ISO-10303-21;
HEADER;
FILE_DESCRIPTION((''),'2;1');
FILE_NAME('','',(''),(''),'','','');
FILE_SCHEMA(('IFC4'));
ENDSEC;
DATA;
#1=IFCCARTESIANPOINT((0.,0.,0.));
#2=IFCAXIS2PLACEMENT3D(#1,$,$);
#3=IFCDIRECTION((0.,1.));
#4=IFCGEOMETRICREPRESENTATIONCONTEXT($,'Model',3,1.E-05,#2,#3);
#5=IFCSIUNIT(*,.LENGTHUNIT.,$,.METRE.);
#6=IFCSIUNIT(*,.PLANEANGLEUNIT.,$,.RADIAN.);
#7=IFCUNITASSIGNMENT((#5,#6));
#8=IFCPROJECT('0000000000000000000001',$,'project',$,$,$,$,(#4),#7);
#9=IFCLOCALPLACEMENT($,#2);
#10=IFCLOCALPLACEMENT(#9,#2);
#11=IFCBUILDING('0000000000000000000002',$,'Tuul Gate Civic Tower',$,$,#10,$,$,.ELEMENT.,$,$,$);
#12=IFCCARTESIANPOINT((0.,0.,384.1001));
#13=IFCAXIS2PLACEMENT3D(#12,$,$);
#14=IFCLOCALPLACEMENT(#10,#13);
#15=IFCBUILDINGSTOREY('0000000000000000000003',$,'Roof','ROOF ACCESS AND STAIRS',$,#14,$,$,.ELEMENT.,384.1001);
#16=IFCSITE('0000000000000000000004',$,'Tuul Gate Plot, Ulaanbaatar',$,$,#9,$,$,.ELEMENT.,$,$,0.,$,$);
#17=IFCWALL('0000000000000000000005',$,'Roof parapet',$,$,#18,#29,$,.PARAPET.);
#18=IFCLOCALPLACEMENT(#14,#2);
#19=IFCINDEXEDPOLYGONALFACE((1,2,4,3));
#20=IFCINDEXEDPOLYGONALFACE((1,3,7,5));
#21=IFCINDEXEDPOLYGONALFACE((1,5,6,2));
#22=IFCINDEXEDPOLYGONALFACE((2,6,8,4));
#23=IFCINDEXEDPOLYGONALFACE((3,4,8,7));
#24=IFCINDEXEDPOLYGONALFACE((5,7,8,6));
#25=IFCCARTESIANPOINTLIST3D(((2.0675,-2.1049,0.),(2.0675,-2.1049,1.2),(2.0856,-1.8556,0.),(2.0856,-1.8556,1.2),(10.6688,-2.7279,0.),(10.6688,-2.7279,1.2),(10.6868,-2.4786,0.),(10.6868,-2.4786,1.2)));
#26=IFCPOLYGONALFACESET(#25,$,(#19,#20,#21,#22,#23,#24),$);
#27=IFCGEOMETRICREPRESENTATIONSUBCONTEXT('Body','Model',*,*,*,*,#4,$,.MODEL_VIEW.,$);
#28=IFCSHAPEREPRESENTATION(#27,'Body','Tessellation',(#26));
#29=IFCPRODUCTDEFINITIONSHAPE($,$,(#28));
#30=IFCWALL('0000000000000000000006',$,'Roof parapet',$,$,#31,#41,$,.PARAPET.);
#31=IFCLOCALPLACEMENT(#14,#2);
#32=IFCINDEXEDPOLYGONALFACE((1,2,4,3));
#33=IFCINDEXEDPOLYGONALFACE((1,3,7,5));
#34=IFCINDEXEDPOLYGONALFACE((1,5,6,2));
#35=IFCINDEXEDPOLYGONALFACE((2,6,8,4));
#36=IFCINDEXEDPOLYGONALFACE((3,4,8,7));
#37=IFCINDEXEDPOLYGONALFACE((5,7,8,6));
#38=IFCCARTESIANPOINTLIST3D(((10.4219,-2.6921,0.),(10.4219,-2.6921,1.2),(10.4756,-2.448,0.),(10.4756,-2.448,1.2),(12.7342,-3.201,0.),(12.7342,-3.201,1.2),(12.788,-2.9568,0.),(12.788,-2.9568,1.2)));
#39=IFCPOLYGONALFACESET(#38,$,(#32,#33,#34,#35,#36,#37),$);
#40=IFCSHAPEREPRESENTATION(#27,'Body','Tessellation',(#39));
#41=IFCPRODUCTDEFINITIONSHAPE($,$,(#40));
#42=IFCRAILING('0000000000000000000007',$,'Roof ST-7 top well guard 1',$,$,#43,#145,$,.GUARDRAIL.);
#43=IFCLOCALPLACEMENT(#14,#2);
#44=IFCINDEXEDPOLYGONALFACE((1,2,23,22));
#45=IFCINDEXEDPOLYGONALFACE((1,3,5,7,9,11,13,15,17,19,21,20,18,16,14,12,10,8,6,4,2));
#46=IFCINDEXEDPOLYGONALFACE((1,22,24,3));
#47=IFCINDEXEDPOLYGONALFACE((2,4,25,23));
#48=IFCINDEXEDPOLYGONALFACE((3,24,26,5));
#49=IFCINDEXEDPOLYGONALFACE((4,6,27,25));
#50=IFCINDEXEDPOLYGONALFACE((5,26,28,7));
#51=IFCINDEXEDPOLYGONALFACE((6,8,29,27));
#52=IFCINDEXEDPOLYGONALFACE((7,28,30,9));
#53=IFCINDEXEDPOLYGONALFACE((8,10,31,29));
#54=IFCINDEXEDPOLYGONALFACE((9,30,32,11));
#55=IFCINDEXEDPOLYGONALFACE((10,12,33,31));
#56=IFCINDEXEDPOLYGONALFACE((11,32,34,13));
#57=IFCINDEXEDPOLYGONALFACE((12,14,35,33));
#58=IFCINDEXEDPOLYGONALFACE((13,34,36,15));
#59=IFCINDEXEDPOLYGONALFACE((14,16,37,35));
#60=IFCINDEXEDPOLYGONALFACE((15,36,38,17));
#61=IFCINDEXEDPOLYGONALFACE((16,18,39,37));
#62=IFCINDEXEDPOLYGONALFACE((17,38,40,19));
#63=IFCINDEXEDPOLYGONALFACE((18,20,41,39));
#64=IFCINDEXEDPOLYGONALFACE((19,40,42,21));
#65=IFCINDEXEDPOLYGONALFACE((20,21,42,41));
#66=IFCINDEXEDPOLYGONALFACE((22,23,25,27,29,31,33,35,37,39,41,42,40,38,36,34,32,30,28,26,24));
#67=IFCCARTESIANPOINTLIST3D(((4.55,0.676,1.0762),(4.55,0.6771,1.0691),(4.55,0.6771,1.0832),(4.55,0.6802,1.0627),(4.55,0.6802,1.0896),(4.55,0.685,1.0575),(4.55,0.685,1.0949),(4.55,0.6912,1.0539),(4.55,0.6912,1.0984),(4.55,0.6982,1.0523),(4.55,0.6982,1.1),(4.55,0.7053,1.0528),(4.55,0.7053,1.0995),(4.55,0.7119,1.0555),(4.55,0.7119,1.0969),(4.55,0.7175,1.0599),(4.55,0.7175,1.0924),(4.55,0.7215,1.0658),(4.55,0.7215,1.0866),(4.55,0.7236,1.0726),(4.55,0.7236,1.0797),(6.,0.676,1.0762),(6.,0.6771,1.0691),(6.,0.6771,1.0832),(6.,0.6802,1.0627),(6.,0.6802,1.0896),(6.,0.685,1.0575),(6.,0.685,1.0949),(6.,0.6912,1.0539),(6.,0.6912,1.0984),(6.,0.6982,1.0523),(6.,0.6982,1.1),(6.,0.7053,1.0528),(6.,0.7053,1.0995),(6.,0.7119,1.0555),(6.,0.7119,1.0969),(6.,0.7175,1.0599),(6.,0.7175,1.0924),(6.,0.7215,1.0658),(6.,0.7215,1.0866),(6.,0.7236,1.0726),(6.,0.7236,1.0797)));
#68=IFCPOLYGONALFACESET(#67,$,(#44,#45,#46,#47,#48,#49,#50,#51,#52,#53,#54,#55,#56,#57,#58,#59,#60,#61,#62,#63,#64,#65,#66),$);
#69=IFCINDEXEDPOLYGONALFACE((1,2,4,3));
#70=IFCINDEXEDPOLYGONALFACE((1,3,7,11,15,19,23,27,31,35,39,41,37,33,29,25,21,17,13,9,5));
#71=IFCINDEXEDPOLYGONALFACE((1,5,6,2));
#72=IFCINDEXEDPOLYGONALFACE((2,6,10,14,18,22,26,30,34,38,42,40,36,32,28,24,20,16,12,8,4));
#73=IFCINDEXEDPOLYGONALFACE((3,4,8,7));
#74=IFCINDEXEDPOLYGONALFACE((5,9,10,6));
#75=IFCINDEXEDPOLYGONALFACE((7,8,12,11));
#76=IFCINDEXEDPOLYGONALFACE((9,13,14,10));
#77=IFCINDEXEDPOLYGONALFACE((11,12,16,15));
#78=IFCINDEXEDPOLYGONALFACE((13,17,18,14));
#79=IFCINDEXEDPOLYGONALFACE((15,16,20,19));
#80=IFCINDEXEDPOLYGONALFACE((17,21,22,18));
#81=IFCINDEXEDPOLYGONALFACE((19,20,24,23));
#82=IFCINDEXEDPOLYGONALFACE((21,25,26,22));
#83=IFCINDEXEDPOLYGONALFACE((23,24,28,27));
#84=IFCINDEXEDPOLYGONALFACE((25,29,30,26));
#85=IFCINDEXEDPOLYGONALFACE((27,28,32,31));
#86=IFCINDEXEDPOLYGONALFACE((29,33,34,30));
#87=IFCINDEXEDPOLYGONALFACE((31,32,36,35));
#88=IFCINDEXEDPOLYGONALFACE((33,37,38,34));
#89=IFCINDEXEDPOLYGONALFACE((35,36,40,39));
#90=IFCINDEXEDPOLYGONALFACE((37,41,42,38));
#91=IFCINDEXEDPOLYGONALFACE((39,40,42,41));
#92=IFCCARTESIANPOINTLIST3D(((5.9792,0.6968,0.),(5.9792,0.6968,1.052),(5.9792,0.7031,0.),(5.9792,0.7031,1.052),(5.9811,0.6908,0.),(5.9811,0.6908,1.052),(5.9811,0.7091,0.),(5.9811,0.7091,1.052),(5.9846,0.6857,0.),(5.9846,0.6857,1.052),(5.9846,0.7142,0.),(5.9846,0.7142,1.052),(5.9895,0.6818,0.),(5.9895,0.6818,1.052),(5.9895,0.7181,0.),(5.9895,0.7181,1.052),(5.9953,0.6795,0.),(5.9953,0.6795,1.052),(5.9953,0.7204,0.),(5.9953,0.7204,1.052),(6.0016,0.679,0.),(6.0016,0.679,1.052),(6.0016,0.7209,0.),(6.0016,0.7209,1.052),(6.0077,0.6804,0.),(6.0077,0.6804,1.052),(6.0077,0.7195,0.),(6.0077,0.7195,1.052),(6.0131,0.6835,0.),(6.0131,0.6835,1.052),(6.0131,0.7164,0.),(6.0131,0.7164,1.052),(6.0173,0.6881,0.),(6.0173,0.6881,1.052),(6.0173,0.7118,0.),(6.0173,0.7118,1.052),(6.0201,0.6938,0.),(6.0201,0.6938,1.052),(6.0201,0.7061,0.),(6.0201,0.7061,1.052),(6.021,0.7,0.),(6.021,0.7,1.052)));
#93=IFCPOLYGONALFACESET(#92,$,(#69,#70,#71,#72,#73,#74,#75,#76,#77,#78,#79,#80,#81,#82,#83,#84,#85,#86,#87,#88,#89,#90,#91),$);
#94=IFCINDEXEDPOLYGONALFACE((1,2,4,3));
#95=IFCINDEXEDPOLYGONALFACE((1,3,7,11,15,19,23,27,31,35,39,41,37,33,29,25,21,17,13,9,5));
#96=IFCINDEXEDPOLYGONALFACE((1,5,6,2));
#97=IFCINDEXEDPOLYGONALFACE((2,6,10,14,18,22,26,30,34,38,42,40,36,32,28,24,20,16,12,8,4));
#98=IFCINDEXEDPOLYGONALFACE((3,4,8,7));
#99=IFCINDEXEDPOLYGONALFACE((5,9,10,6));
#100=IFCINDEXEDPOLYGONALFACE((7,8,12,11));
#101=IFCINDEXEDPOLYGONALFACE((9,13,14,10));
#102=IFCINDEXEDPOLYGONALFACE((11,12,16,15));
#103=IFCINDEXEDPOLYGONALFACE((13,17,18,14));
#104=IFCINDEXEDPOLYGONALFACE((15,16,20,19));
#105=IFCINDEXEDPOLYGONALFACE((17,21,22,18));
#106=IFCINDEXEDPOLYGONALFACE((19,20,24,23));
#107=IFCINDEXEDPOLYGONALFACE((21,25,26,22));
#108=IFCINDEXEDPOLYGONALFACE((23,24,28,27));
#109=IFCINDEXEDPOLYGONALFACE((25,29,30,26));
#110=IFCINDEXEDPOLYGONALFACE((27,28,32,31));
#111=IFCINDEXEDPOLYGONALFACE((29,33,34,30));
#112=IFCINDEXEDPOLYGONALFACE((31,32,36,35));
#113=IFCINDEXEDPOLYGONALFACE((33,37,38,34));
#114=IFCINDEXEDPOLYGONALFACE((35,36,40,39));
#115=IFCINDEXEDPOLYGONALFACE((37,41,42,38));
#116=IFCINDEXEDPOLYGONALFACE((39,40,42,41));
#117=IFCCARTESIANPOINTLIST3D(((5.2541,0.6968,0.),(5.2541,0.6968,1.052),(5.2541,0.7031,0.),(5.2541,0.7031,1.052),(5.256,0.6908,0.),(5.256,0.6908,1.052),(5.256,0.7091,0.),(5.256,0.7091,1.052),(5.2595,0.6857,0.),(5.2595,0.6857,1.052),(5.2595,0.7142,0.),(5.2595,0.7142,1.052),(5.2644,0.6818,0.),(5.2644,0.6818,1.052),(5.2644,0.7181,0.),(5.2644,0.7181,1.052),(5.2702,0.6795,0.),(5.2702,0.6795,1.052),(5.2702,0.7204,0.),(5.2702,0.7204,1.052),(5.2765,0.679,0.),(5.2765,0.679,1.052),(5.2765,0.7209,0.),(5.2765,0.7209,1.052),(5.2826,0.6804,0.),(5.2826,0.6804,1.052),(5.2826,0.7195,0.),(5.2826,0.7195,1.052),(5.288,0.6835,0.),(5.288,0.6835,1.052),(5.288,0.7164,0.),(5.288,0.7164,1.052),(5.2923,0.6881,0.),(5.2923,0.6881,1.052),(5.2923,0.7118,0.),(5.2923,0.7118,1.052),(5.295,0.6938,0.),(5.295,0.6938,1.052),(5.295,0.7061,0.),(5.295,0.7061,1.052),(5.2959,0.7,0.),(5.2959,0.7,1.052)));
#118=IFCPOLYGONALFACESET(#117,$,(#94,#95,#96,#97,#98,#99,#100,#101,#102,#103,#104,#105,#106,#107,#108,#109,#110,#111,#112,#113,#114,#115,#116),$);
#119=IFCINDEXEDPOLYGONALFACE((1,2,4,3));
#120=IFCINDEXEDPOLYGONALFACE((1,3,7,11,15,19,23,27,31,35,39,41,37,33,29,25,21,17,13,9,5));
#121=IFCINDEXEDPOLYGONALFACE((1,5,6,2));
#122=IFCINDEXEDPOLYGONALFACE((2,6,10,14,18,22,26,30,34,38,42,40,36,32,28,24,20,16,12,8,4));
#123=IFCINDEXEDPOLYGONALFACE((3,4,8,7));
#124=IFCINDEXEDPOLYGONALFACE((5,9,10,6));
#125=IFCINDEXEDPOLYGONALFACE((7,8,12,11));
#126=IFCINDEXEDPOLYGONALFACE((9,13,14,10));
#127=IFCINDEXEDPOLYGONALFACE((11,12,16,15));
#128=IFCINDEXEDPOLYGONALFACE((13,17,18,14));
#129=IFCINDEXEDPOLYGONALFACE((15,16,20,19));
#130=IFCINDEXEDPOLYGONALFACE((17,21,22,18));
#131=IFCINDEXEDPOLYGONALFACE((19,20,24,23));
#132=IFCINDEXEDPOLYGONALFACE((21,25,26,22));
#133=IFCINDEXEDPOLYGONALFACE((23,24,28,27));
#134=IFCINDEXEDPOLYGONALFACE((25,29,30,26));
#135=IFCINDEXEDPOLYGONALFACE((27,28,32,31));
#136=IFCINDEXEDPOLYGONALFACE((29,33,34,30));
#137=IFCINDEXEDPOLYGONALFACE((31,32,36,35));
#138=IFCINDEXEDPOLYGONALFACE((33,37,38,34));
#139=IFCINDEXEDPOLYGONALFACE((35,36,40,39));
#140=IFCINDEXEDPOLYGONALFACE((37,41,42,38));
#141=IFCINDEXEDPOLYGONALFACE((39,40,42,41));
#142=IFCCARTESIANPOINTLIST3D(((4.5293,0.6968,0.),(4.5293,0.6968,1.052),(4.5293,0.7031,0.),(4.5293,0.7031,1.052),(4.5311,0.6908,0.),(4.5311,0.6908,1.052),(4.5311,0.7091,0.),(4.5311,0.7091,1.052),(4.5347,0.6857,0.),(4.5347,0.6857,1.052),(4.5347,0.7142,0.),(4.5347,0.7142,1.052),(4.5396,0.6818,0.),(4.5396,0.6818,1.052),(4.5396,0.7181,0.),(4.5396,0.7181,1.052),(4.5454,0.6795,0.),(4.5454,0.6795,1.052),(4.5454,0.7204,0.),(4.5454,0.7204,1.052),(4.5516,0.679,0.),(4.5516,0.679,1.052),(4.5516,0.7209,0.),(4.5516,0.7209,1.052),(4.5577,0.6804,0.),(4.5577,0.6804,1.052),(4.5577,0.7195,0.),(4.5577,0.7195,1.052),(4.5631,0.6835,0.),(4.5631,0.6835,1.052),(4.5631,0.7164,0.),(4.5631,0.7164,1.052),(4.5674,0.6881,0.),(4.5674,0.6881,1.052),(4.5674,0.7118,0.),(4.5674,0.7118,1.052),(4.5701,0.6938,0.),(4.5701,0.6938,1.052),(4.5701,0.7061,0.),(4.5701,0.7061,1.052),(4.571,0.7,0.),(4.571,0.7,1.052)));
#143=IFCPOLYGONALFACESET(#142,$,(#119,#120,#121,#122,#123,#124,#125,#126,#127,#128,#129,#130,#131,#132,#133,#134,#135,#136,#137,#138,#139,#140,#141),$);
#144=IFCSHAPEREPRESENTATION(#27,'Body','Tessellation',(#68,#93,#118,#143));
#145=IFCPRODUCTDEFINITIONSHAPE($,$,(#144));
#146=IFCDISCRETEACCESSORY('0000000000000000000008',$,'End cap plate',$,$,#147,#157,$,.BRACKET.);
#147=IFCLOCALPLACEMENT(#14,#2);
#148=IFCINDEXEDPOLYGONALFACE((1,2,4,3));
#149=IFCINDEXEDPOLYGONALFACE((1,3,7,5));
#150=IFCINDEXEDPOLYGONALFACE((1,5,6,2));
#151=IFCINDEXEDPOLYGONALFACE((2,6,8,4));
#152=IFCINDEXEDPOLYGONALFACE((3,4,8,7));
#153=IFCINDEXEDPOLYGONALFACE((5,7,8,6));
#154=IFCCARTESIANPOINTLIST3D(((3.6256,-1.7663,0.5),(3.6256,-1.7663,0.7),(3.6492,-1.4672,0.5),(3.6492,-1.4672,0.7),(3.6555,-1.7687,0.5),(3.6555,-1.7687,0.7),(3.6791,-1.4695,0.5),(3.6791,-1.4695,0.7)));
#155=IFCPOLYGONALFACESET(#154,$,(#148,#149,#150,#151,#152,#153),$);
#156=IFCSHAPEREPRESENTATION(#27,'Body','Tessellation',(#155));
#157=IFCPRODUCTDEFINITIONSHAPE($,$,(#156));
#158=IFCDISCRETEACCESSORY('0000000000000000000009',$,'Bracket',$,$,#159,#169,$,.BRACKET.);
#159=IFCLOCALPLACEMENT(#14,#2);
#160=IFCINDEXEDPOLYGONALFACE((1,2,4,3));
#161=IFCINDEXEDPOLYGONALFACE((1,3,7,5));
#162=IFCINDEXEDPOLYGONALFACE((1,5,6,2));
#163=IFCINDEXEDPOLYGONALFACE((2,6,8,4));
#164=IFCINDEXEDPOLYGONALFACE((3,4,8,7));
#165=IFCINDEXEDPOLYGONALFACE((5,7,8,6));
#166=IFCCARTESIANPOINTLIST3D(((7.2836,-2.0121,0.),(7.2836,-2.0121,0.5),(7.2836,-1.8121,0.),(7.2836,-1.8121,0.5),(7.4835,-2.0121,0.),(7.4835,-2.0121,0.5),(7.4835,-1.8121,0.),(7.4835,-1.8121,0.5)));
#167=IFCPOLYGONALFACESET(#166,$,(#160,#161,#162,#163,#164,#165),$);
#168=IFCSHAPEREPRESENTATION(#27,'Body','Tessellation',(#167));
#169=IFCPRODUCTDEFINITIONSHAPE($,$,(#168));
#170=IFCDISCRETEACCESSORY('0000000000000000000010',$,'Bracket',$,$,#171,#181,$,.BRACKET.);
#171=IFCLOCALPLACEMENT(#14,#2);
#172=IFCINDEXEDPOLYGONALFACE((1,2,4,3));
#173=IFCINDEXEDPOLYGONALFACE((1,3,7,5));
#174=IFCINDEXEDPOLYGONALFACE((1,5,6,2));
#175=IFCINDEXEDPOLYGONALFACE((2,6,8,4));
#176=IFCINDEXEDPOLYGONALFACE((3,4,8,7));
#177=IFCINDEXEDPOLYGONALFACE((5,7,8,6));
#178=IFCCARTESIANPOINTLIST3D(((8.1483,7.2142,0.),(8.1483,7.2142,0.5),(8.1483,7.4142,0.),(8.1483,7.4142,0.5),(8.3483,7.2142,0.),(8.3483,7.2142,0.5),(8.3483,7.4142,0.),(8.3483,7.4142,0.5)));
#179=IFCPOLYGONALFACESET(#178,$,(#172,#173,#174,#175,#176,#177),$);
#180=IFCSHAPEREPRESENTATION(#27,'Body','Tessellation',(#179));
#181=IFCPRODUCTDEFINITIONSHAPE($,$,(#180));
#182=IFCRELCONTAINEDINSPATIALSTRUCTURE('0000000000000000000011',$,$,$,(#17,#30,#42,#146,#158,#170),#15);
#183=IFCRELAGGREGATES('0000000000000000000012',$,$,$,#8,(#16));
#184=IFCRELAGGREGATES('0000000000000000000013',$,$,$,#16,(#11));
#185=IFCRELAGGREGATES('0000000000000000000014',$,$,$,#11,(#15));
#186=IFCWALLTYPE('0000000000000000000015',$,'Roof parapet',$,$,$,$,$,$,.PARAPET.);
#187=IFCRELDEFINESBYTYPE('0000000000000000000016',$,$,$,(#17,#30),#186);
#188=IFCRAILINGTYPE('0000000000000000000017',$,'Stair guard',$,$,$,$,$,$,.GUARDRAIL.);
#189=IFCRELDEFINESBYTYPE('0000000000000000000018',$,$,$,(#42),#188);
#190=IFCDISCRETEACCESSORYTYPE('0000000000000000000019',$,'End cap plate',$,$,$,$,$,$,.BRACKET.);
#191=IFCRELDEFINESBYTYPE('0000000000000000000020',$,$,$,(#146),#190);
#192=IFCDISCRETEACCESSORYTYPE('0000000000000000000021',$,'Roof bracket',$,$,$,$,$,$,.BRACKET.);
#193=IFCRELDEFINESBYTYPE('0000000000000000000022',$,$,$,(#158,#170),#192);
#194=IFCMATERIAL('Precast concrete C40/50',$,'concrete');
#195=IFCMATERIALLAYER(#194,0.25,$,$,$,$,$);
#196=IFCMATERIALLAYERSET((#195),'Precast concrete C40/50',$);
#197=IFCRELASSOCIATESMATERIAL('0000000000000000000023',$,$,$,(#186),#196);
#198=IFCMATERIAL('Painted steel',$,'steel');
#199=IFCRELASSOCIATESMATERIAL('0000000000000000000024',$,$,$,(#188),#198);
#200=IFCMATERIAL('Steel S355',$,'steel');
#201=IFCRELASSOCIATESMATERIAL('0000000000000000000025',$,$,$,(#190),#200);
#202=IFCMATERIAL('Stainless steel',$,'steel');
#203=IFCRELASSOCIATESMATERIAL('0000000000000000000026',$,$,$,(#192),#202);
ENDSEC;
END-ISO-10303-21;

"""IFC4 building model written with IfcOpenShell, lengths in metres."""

from ifc_helpers import new_model, si_unit, direction, frame, frame_2d, origin, origin_2d, place, context, subcontext, project, spatial, rectangle, circle, extrude, material, layer, layer_set, type_object, element, save


model = new_model("IFC4")

# Units and contexts
model_context = context("Model", 3, precision=1e-05, world=origin(), true_north=direction((0.0, 1.0)))
body_context = subcontext(model_context, "Body", "Model", "MODEL_VIEW")
ifc_project = project(units=[si_unit("LENGTHUNIT", "METRE"), si_unit("PLANEANGLEUNIT", "RADIAN")], contexts=[model_context])

# Site, building, storey
site_placement = place(None, origin())
site = spatial("IfcSite", under=ifc_project, at=site_placement, Name="Tuul Gate Plot, Ulaanbaatar", CompositionType="ELEMENT", RefElevation=0.0)
building_placement = place(site_placement, origin())
building = spatial("IfcBuilding", under=site, at=building_placement, Name="Tuul Gate Civic Tower", CompositionType="ELEMENT")
storey_placement = place(building_placement, frame((0.0, 0.0, 384.1001)))
storey = spatial("IfcBuildingStorey", under=building, at=storey_placement, Name="Roof", Description="ROOF ACCESS AND STAIRS", CompositionType="ELEMENT", Elevation=384.1001)

# Walls
ifc_material_1 = material(Name="Precast concrete C40/50", Category="concrete")
ifc_layer_1 = layer(ifc_material_1, 0.25)
ifc_layer_set_1 = layer_set([ifc_layer_1], Name="Precast concrete C40/50")
wall_type_1 = type_object("IfcWallType", Name="Roof parapet", PredefinedType="PARAPET", material=ifc_layer_set_1)
wall_1_placement = place(storey_placement, frame((2.0764, -1.9802, 0.0), z_axis=(0.0, 0.0, 1.0), x_axis=(0.997387, -0.072247, 0.0)))
element("IfcWall", 1, at=wall_1_placement, inside=storey, type_object=wall_type_1, Name="Roof parapet", PredefinedType="PARAPET", context=body_context, shape_type="SweptSolid", body=[
    extrude(rectangle(XDim=8.6238, YDim=0.25, at=frame_2d((4.312, 0.0))), origin(), (0.0, 0.0, 1.0), 1.2),
])
wall_2_placement = place(storey_placement, frame((10.4487, -2.5701, 0.0), z_axis=(0.0, 0.0, 1.0), x_axis=(0.976636, -0.214899, 0.0)))
element("IfcWall", 2, at=wall_2_placement, inside=storey, type_object=wall_type_1, Name="Roof parapet", PredefinedType="PARAPET", context=body_context, shape_type="SweptSolid", body=[
    extrude(rectangle(XDim=2.3677, YDim=0.25, at=frame_2d((1.1838, 0.0))), origin(), (0.0, 0.0, 1.0), 1.2),
])

# Railing
ifc_material_2 = material(Name="Painted steel", Category="steel")
railing_type = type_object("IfcRailingType", Name="Stair guard", PredefinedType="GUARDRAIL", material=ifc_material_2)
railing_placement = place(storey_placement, frame((6.0, 0.7, 0.0)))
element("IfcRailing", 3, at=railing_placement, inside=storey, type_object=railing_type, Name="Roof ST-7 top well guard 1", PredefinedType="GUARDRAIL", context=body_context, shape_type="SweptSolid", body=[
    extrude(circle(Radius=0.0239, at=origin_2d()), frame((0.0, 0.0, 1.0762), z_axis=(-1.0, 0.0, 0.0), x_axis=(0.0, -1.0, 0.0)), (0.0, 0.0, 1.0), 1.45),
    extrude(circle(Radius=0.021, at=origin_2d()), origin(), (0.0, 0.0, 1.0), 1.052),
    extrude(circle(Radius=0.021, at=origin_2d()), frame((-0.7251, 0.0, 0.0)), (0.0, 0.0, 1.0), 1.052),
    extrude(circle(Radius=0.021, at=origin_2d()), frame((-1.45, 0.0, 0.0)), (0.0, 0.0, 1.0), 1.052),
])

# Discrete accessories
ifc_material_3 = material(Name="Steel S355", Category="steel")
discrete_accessory_type_1 = type_object("IfcDiscreteAccessoryType", Name="End cap plate", PredefinedType="BRACKET", material=ifc_material_3)
discrete_accessory_placement = place(storey_placement, frame((3.6523, -1.6179, 0.5), z_axis=(0.0, 0.0, 1.0), x_axis=(0.996905, -0.078617, 0.0)))
element("IfcDiscreteAccessory", 4, at=discrete_accessory_placement, inside=storey, type_object=discrete_accessory_type_1, Name="End cap plate", PredefinedType="BRACKET", context=body_context, shape_type="SweptSolid", body=[
    extrude(rectangle(XDim=0.03, YDim=0.3, at=origin_2d()), origin(), (0.0, 0.0, 1.0), 0.2),
])
ifc_material_4 = material(Name="Stainless steel", Category="steel")
discrete_accessory_type_2 = type_object("IfcDiscreteAccessoryType", Name="Roof bracket", PredefinedType="BRACKET", material=ifc_material_4)
for number, where, z_axis, x_axis, name in (
    (5, (7.3835, -1.9121, 0.0), (0.0, 0.0, 1.0), (1.0, 0.0, 0.0), "Bracket"),
    (6, (8.2483, 7.3142, 0.0), (0.0, 0.0, 1.0), (1.0, 0.0, 0.0), "Bracket"),
):
    element("IfcDiscreteAccessory", number, at=place(storey_placement, frame(where, z_axis=z_axis, x_axis=x_axis)), inside=storey, type_object=discrete_accessory_type_2, Name=name, PredefinedType="BRACKET", context=body_context, shape_type="SweptSolid", body=[
        extrude(rectangle(XDim=0.2, YDim=0.2, at=origin_2d()), origin(), (0.0, 0.0, 1.0), 0.5),
    ])

save(model, "model.ifc")
